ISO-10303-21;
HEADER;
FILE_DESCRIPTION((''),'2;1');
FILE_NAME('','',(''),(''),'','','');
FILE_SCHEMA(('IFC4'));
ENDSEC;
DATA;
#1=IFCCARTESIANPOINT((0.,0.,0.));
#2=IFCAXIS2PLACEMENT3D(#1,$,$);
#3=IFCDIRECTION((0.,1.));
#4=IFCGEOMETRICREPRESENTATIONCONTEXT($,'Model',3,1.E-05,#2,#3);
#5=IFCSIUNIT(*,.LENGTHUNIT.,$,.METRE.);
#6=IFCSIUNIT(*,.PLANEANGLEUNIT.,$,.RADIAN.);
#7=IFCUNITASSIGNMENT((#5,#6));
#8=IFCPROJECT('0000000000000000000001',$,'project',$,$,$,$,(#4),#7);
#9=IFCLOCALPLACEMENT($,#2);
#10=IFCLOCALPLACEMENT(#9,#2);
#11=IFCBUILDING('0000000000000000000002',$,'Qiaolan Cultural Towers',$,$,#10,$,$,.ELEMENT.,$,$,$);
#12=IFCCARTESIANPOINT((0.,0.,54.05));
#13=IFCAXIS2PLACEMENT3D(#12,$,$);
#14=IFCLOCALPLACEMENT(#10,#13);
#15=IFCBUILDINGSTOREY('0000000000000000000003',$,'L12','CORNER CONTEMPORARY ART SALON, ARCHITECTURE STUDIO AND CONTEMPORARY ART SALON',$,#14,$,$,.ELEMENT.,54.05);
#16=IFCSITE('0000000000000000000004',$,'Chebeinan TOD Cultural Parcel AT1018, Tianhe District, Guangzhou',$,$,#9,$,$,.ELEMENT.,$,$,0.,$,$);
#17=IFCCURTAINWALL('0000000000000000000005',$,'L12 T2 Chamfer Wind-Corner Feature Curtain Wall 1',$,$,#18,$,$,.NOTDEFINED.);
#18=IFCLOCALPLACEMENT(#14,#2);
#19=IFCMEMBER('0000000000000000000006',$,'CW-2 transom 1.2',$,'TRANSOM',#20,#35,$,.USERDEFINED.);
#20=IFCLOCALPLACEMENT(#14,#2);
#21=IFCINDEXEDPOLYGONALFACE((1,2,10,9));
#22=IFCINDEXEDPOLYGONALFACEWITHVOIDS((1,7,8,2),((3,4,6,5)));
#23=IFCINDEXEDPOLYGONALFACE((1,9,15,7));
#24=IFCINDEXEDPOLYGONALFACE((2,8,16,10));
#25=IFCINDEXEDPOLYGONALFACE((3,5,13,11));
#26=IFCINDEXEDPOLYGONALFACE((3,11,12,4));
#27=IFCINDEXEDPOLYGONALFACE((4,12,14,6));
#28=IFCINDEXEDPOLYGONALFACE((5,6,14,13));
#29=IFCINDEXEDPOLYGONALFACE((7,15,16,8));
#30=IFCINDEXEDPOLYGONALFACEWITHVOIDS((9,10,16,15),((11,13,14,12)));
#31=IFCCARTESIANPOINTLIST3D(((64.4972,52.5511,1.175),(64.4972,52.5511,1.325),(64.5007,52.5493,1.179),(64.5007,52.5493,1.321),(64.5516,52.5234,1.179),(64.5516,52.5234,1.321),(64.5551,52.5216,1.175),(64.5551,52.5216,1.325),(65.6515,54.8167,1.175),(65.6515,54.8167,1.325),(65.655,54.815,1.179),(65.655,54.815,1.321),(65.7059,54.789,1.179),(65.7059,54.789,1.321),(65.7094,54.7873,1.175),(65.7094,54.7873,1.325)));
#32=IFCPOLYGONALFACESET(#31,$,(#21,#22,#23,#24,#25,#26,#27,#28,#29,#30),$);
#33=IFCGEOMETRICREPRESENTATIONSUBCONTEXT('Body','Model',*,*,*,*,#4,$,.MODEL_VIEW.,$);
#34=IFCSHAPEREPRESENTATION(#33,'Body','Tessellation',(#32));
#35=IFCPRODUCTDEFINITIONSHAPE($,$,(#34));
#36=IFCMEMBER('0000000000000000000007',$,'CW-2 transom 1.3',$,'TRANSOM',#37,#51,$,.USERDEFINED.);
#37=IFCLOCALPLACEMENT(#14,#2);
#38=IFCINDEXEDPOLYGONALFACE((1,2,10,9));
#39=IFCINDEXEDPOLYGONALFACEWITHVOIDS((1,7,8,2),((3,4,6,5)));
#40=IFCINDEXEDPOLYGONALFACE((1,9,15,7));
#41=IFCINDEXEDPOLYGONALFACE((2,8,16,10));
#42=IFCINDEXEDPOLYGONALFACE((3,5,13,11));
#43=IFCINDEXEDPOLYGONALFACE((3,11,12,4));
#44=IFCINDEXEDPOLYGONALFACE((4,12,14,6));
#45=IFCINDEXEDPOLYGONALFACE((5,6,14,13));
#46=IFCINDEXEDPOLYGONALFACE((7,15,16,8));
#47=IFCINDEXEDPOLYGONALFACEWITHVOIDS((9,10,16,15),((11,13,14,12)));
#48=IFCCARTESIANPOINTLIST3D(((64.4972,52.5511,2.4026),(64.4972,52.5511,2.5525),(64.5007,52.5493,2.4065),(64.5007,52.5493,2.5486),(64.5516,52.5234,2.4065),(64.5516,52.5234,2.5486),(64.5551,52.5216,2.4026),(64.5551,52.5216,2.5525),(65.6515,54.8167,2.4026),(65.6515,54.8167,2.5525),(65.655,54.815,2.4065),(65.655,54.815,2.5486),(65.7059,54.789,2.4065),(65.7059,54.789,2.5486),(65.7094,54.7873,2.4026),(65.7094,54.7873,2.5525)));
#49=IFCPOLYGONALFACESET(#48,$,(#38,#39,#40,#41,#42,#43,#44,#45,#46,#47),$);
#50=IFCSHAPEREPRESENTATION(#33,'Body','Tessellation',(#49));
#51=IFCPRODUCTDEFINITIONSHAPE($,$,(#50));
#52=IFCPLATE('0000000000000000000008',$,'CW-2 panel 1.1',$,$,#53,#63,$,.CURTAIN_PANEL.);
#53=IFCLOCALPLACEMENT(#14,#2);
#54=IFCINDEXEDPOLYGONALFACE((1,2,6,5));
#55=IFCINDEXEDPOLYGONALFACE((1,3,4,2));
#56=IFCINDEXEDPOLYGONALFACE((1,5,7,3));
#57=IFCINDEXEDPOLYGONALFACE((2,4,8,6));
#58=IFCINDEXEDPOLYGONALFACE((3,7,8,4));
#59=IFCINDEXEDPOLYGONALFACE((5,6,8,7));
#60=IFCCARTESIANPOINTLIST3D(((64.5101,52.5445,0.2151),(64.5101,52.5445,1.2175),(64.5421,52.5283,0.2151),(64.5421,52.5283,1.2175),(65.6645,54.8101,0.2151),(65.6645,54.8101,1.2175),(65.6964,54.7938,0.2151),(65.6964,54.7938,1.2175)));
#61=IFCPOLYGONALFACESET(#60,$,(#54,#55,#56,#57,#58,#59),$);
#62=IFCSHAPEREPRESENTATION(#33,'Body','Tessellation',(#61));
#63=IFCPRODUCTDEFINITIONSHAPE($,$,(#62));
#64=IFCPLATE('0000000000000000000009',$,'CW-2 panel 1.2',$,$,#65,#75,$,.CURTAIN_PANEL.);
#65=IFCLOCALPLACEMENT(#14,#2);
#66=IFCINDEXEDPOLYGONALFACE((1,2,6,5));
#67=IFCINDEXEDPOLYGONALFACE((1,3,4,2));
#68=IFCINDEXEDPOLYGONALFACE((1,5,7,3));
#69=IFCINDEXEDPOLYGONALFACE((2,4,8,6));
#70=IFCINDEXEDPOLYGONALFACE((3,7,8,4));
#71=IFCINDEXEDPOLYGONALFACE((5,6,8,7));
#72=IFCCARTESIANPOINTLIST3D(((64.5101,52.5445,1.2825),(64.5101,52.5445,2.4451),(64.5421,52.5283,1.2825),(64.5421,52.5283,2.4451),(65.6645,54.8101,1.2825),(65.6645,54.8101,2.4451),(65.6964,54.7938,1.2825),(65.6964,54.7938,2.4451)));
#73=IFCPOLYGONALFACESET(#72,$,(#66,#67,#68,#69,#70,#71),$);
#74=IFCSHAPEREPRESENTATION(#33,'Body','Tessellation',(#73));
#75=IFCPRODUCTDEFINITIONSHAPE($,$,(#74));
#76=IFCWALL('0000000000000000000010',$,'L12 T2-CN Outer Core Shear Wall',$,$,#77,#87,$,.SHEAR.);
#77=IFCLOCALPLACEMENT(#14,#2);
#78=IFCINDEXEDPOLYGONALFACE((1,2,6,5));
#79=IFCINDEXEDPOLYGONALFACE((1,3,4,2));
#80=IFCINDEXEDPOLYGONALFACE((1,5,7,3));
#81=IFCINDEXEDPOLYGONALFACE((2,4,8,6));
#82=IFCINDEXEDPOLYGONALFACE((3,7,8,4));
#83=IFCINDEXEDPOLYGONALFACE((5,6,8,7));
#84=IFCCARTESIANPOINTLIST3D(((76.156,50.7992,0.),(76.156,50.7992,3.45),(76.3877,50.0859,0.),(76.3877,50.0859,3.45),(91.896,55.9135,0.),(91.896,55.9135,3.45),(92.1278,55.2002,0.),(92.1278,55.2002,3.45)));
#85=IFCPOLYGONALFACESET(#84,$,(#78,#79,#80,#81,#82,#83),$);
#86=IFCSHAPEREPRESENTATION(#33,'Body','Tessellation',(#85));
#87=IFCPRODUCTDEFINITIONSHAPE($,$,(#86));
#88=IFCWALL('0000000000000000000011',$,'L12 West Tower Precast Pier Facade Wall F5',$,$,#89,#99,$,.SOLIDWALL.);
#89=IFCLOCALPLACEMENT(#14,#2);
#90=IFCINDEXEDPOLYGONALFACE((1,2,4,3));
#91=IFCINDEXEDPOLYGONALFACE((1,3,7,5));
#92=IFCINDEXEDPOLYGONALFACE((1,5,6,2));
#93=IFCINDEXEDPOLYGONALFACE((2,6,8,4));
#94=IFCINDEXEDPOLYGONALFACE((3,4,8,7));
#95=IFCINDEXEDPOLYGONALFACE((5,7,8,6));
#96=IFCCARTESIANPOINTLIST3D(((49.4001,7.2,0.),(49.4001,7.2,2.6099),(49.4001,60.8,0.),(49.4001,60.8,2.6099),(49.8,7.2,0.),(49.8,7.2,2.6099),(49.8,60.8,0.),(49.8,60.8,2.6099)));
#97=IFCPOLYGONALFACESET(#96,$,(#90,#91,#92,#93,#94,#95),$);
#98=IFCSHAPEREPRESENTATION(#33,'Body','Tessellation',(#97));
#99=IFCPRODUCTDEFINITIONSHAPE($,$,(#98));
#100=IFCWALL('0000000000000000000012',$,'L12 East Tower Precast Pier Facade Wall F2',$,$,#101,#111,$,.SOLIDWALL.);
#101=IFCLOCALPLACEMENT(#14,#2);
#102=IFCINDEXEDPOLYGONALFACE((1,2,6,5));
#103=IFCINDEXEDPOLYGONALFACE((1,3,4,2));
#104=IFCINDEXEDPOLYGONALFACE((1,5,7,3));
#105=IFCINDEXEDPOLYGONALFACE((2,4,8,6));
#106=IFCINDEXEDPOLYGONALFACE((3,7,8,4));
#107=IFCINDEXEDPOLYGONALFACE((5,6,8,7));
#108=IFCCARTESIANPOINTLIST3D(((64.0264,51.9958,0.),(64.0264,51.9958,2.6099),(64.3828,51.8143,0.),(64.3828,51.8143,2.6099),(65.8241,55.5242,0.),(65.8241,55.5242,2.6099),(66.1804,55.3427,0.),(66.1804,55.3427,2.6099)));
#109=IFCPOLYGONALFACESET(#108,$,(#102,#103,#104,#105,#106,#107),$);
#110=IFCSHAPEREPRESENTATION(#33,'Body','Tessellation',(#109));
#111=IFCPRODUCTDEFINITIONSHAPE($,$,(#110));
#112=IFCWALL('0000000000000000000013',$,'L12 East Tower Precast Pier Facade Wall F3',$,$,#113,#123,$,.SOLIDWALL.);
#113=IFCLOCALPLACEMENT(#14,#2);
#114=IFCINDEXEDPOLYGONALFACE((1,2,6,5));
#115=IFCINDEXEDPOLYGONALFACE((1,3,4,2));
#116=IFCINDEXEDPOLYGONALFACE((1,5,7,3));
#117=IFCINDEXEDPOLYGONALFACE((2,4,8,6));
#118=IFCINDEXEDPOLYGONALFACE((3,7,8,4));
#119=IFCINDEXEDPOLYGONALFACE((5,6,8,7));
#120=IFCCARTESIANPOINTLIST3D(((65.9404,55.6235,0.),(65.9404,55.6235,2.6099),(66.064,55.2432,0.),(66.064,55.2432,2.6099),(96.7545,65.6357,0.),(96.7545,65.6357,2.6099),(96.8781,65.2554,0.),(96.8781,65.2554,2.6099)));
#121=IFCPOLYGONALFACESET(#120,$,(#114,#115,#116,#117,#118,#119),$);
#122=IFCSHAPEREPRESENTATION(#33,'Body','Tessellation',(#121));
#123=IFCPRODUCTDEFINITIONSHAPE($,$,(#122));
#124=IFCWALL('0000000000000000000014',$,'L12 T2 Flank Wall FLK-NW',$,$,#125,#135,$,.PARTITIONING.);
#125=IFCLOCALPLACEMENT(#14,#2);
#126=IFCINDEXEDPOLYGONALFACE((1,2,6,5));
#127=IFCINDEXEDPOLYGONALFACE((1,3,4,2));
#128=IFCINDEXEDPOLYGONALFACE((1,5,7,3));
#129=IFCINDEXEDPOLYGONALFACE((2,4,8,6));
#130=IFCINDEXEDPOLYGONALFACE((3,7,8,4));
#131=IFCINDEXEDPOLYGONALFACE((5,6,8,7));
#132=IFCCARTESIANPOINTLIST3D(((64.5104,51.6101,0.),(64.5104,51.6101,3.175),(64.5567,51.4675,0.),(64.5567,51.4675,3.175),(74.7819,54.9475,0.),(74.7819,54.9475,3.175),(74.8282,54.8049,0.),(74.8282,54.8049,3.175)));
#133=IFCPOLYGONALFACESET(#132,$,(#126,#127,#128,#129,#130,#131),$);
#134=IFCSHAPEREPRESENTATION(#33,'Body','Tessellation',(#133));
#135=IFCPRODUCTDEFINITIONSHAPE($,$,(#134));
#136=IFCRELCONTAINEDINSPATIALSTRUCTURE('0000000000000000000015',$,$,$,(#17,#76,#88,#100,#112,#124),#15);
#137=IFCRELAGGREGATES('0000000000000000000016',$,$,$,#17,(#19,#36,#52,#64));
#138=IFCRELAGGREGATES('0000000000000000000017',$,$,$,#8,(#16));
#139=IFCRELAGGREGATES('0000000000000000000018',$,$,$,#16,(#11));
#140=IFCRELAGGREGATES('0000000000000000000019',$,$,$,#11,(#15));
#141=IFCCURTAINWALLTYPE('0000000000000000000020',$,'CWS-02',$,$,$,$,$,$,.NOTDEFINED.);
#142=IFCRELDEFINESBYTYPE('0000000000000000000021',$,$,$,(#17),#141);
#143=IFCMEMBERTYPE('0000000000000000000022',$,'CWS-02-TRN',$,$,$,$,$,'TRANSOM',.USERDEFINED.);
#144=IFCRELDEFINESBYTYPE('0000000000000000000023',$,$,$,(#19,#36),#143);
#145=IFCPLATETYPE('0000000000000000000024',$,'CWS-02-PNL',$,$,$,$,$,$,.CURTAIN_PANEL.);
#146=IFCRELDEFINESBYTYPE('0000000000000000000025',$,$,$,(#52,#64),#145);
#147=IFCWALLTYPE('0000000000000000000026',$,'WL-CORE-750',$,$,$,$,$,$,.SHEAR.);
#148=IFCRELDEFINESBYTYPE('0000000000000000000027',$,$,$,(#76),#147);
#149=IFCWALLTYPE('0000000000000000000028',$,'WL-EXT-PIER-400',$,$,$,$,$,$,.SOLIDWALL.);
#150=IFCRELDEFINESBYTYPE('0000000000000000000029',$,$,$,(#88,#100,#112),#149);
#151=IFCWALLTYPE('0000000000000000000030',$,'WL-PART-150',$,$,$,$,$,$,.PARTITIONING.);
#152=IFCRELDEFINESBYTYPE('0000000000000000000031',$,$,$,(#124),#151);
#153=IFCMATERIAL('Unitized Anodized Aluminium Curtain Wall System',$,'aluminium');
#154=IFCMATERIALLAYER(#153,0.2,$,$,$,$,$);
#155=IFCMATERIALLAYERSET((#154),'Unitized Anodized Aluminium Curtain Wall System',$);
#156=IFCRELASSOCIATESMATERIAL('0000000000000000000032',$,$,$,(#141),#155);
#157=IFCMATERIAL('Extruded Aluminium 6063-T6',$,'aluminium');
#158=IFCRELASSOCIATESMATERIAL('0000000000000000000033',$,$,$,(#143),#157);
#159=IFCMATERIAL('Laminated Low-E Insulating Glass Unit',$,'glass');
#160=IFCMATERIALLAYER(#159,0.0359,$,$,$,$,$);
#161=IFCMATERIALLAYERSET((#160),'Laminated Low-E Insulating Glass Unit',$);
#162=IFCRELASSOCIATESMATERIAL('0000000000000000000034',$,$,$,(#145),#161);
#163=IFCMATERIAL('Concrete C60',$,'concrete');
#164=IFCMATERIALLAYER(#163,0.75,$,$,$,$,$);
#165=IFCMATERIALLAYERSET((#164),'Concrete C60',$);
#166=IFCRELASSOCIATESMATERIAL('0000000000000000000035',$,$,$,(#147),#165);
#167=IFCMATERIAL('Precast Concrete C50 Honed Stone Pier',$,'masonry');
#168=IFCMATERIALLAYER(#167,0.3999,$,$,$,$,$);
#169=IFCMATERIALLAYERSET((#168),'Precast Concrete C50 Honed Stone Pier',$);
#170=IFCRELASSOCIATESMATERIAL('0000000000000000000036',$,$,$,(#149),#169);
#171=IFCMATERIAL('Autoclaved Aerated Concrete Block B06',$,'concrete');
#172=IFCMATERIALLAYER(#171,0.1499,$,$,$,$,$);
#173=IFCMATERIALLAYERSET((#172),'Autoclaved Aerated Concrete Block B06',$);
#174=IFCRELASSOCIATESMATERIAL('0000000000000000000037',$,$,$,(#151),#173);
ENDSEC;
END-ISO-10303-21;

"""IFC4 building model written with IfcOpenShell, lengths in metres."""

from ifc_helpers import new_model, si_unit, direction, frame, frame_2d, origin, origin_2d, place, context, subcontext, project, spatial, rectangle, hollow_rectangle, extrude, material, layer, layer_set, material_profile, profile_set, type_object, element, aggregate, save


model = new_model("IFC4")

# Units and contexts
model_context = context("Model", 3, precision=1e-05, world=origin(), true_north=direction((0.0, 1.0)))
body_context = subcontext(model_context, "Body", "Model", "MODEL_VIEW")
ifc_project = project(units=[si_unit("LENGTHUNIT", "METRE"), si_unit("PLANEANGLEUNIT", "RADIAN")], contexts=[model_context])

# Site, building, storey
site_placement = place(None, origin())
site = spatial("IfcSite", under=ifc_project, at=site_placement, Name="Chebeinan TOD Cultural Parcel AT1018, Tianhe District, Guangzhou", CompositionType="ELEMENT", RefElevation=0.0)
building_placement = place(site_placement, origin())
building = spatial("IfcBuilding", under=site, at=building_placement, Name="Qiaolan Cultural Towers", CompositionType="ELEMENT")
storey_placement = place(building_placement, frame((0.0, 0.0, 54.05)))
storey = spatial("IfcBuildingStorey", under=building, at=storey_placement, Name="L12", Description="CORNER CONTEMPORARY ART SALON, ARCHITECTURE STUDIO AND CONTEMPORARY ART SALON", CompositionType="ELEMENT", Elevation=54.05)

# Curtain wall, members, plates
ifc_material_1 = material(Name="Unitized Anodized Aluminium Curtain Wall System", Category="aluminium")
ifc_layer_1 = layer(ifc_material_1, 0.2)
ifc_layer_set_1 = layer_set([ifc_layer_1], Name="Unitized Anodized Aluminium Curtain Wall System")
curtain_wall_type = type_object("IfcCurtainWallType", Name="CWS-02", PredefinedType="NOTDEFINED", material=ifc_layer_set_1)
curtain_wall_placement = place(storey_placement, origin())
curtain_wall = element("IfcCurtainWall", 1, at=curtain_wall_placement, inside=storey, type_object=curtain_wall_type, Name="L12 T2 Chamfer Wind-Corner Feature Curtain Wall 1", PredefinedType="NOTDEFINED")
ifc_material_2 = material(Name="Extruded Aluminium 6063-T6", Category="aluminium")
ifc_material_profile_1 = material_profile(ifc_material_2, hollow_rectangle(XDim=0.0649, YDim=0.1499, WallThickness=0.0039, at=origin_2d()), Name="CWT-150x65x4")
ifc_profile_set_1 = profile_set([ifc_material_profile_1], Name="Extruded Aluminium 6063-T6")
member_type_1 = type_object("IfcMemberType", Name="CWS-02-TRN", ElementType="TRANSOM", PredefinedType="USERDEFINED", material=ifc_profile_set_1)
member_1_placement = place(storey_placement, frame((64.5261, 52.5364, 1.25), z_axis=(0.45396, 0.891022, 0.0), x_axis=(-0.891022, 0.45396, 0.0)))
member_1 = element("IfcMember", 2, at=member_1_placement, type_object=member_type_1, Name="CW-2 transom 1.2", ObjectType="TRANSOM", PredefinedType="USERDEFINED", context=body_context, shape_type="SweptSolid", body=[
    extrude(hollow_rectangle(XDim=0.0649, YDim=0.1499, WallThickness=0.0039, at=origin_2d()), origin(), (0.0, 0.0, 1.0), 2.5427),
])
member_2_placement = place(storey_placement, frame((64.5261, 52.5364, 2.4775), z_axis=(0.45396, 0.891022, 0.0), x_axis=(-0.891022, 0.45396, 0.0)))
member_2 = element("IfcMember", 3, at=member_2_placement, type_object=member_type_1, Name="CW-2 transom 1.3", ObjectType="TRANSOM", PredefinedType="USERDEFINED", context=body_context, shape_type="SweptSolid", body=[
    extrude(hollow_rectangle(XDim=0.0649, YDim=0.1499, WallThickness=0.0039, at=origin_2d()), origin(), (0.0, 0.0, 1.0), 2.5427),
])
ifc_material_3 = material(Name="Laminated Low-E Insulating Glass Unit", Category="glass")
ifc_layer_2 = layer(ifc_material_3, 0.0359)
ifc_layer_set_2 = layer_set([ifc_layer_2], Name="Laminated Low-E Insulating Glass Unit")
plate_type = type_object("IfcPlateType", Name="CWS-02-PNL", PredefinedType="CURTAIN_PANEL", material=ifc_layer_set_2)
plate_1_placement = place(storey_placement, frame((65.1033, 53.6692, 0.2151), z_axis=(0.0, 0.0, 1.0), x_axis=(0.45399, 0.891007, 0.0)))
plate_1 = element("IfcPlate", 4, at=plate_1_placement, type_object=plate_type, Name="CW-2 panel 1.1", PredefinedType="CURTAIN_PANEL", context=body_context, shape_type="SweptSolid", body=[
    extrude(rectangle(XDim=2.5427, YDim=0.0359, at=origin_2d()), origin(), (0.0, 0.0, 1.0), 1.0024),
])
plate_2_placement = place(storey_placement, frame((65.1033, 53.6692, 1.2825), z_axis=(0.0, 0.0, 1.0), x_axis=(0.45399, 0.891007, 0.0)))
plate_2 = element("IfcPlate", 5, at=plate_2_placement, type_object=plate_type, Name="CW-2 panel 1.2", PredefinedType="CURTAIN_PANEL", context=body_context, shape_type="SweptSolid", body=[
    extrude(rectangle(XDim=2.5427, YDim=0.0359, at=origin_2d()), origin(), (0.0, 0.0, 1.0), 1.1626),
])
aggregate(curtain_wall, [member_1, member_2, plate_1, plate_2])

# Walls
ifc_material_4 = material(Name="Concrete C60", Category="concrete")
ifc_layer_3 = layer(ifc_material_4, 0.75)
ifc_layer_set_3 = layer_set([ifc_layer_3], Name="Concrete C60")
wall_type_1 = type_object("IfcWallType", Name="WL-CORE-750", PredefinedType="SHEAR", material=ifc_layer_set_3)
wall_1_placement = place(storey_placement, frame((76.272, 50.4426, 0.0), z_axis=(0.0, 0.0, 1.0), x_axis=(0.951056, 0.309018, 0.0)))
element("IfcWall", 6, at=wall_1_placement, inside=storey, type_object=wall_type_1, Name="L12 T2-CN Outer Core Shear Wall", PredefinedType="SHEAR", context=body_context, shape_type="SweptSolid", body=[
    extrude(rectangle(XDim=16.55, YDim=0.75, at=frame_2d((8.2749, 0.0))), origin(), (0.0, 0.0, 1.0), 3.45),
])
ifc_material_5 = material(Name="Precast Concrete C50 Honed Stone Pier", Category="masonry")
ifc_layer_4 = layer(ifc_material_5, 0.3999)
ifc_layer_set_4 = layer_set([ifc_layer_4], Name="Precast Concrete C50 Honed Stone Pier")
wall_type_2 = type_object("IfcWallType", Name="WL-EXT-PIER-400", PredefinedType="SOLIDWALL", material=ifc_layer_set_4)
wall_2_placement = place(storey_placement, frame((49.6001, 60.8, 0.0), z_axis=(0.0, 0.0, 1.0), x_axis=(0.0, -1.0, 0.0)))
element("IfcWall", 7, at=wall_2_placement, inside=storey, type_object=wall_type_2, Name="L12 West Tower Precast Pier Facade Wall F5", PredefinedType="SOLIDWALL", context=body_context, shape_type="SweptSolid", body=[
    extrude(rectangle(XDim=53.6001, YDim=0.3999, at=frame_2d((26.8, 0.0))), origin(), (0.0, 0.0, 1.0), 2.6099),
])
wall_3_placement = place(storey_placement, frame((64.2046, 51.905, 0.0), z_axis=(0.0, 0.0, 1.0), x_axis=(0.453958, 0.891023, 0.0)))
element("IfcWall", 8, at=wall_3_placement, inside=storey, type_object=wall_type_2, Name="L12 East Tower Precast Pier Facade Wall F2", PredefinedType="SOLIDWALL", context=body_context, shape_type="SweptSolid", body=[
    extrude(rectangle(XDim=3.96, YDim=0.3999, at=frame_2d((1.98, 0.0))), origin(), (0.0, 0.0, 1.0), 2.6099),
])
wall_4_placement = place(storey_placement, frame((66.0022, 55.4333, 0.0), z_axis=(0.0, 0.0, 1.0), x_axis=(0.951056, 0.309019, 0.0)))
element("IfcWall", 9, at=wall_4_placement, inside=storey, type_object=wall_type_2, Name="L12 East Tower Precast Pier Facade Wall F3", PredefinedType="SOLIDWALL", context=body_context, shape_type="SweptSolid", body=[
    extrude(rectangle(XDim=32.3999, YDim=0.3999, at=frame_2d((16.2, 0.0))), origin(), (0.0, 0.0, 1.0), 2.6099),
])
ifc_material_6 = material(Name="Autoclaved Aerated Concrete Block B06", Category="concrete")
ifc_layer_5 = layer(ifc_material_6, 0.1499)
ifc_layer_set_5 = layer_set([ifc_layer_5], Name="Autoclaved Aerated Concrete Block B06")
wall_type_3 = type_object("IfcWallType", Name="WL-PART-150", PredefinedType="PARTITIONING", material=ifc_layer_set_5)
wall_5_placement = place(storey_placement, frame((64.5337, 51.5388, 0.0), z_axis=(0.0, 0.0, 1.0), x_axis=(0.951057, 0.309017, 0.0)))
element("IfcWall", 10, at=wall_5_placement, inside=storey, type_object=wall_type_3, Name="L12 T2 Flank Wall FLK-NW", PredefinedType="PARTITIONING", context=body_context, shape_type="SweptSolid", body=[
    extrude(rectangle(XDim=10.8, YDim=0.1499, at=frame_2d((5.3999, 0.0))), origin(), (0.0, 0.0, 1.0), 3.175),
])

save(model, "model.ifc")
